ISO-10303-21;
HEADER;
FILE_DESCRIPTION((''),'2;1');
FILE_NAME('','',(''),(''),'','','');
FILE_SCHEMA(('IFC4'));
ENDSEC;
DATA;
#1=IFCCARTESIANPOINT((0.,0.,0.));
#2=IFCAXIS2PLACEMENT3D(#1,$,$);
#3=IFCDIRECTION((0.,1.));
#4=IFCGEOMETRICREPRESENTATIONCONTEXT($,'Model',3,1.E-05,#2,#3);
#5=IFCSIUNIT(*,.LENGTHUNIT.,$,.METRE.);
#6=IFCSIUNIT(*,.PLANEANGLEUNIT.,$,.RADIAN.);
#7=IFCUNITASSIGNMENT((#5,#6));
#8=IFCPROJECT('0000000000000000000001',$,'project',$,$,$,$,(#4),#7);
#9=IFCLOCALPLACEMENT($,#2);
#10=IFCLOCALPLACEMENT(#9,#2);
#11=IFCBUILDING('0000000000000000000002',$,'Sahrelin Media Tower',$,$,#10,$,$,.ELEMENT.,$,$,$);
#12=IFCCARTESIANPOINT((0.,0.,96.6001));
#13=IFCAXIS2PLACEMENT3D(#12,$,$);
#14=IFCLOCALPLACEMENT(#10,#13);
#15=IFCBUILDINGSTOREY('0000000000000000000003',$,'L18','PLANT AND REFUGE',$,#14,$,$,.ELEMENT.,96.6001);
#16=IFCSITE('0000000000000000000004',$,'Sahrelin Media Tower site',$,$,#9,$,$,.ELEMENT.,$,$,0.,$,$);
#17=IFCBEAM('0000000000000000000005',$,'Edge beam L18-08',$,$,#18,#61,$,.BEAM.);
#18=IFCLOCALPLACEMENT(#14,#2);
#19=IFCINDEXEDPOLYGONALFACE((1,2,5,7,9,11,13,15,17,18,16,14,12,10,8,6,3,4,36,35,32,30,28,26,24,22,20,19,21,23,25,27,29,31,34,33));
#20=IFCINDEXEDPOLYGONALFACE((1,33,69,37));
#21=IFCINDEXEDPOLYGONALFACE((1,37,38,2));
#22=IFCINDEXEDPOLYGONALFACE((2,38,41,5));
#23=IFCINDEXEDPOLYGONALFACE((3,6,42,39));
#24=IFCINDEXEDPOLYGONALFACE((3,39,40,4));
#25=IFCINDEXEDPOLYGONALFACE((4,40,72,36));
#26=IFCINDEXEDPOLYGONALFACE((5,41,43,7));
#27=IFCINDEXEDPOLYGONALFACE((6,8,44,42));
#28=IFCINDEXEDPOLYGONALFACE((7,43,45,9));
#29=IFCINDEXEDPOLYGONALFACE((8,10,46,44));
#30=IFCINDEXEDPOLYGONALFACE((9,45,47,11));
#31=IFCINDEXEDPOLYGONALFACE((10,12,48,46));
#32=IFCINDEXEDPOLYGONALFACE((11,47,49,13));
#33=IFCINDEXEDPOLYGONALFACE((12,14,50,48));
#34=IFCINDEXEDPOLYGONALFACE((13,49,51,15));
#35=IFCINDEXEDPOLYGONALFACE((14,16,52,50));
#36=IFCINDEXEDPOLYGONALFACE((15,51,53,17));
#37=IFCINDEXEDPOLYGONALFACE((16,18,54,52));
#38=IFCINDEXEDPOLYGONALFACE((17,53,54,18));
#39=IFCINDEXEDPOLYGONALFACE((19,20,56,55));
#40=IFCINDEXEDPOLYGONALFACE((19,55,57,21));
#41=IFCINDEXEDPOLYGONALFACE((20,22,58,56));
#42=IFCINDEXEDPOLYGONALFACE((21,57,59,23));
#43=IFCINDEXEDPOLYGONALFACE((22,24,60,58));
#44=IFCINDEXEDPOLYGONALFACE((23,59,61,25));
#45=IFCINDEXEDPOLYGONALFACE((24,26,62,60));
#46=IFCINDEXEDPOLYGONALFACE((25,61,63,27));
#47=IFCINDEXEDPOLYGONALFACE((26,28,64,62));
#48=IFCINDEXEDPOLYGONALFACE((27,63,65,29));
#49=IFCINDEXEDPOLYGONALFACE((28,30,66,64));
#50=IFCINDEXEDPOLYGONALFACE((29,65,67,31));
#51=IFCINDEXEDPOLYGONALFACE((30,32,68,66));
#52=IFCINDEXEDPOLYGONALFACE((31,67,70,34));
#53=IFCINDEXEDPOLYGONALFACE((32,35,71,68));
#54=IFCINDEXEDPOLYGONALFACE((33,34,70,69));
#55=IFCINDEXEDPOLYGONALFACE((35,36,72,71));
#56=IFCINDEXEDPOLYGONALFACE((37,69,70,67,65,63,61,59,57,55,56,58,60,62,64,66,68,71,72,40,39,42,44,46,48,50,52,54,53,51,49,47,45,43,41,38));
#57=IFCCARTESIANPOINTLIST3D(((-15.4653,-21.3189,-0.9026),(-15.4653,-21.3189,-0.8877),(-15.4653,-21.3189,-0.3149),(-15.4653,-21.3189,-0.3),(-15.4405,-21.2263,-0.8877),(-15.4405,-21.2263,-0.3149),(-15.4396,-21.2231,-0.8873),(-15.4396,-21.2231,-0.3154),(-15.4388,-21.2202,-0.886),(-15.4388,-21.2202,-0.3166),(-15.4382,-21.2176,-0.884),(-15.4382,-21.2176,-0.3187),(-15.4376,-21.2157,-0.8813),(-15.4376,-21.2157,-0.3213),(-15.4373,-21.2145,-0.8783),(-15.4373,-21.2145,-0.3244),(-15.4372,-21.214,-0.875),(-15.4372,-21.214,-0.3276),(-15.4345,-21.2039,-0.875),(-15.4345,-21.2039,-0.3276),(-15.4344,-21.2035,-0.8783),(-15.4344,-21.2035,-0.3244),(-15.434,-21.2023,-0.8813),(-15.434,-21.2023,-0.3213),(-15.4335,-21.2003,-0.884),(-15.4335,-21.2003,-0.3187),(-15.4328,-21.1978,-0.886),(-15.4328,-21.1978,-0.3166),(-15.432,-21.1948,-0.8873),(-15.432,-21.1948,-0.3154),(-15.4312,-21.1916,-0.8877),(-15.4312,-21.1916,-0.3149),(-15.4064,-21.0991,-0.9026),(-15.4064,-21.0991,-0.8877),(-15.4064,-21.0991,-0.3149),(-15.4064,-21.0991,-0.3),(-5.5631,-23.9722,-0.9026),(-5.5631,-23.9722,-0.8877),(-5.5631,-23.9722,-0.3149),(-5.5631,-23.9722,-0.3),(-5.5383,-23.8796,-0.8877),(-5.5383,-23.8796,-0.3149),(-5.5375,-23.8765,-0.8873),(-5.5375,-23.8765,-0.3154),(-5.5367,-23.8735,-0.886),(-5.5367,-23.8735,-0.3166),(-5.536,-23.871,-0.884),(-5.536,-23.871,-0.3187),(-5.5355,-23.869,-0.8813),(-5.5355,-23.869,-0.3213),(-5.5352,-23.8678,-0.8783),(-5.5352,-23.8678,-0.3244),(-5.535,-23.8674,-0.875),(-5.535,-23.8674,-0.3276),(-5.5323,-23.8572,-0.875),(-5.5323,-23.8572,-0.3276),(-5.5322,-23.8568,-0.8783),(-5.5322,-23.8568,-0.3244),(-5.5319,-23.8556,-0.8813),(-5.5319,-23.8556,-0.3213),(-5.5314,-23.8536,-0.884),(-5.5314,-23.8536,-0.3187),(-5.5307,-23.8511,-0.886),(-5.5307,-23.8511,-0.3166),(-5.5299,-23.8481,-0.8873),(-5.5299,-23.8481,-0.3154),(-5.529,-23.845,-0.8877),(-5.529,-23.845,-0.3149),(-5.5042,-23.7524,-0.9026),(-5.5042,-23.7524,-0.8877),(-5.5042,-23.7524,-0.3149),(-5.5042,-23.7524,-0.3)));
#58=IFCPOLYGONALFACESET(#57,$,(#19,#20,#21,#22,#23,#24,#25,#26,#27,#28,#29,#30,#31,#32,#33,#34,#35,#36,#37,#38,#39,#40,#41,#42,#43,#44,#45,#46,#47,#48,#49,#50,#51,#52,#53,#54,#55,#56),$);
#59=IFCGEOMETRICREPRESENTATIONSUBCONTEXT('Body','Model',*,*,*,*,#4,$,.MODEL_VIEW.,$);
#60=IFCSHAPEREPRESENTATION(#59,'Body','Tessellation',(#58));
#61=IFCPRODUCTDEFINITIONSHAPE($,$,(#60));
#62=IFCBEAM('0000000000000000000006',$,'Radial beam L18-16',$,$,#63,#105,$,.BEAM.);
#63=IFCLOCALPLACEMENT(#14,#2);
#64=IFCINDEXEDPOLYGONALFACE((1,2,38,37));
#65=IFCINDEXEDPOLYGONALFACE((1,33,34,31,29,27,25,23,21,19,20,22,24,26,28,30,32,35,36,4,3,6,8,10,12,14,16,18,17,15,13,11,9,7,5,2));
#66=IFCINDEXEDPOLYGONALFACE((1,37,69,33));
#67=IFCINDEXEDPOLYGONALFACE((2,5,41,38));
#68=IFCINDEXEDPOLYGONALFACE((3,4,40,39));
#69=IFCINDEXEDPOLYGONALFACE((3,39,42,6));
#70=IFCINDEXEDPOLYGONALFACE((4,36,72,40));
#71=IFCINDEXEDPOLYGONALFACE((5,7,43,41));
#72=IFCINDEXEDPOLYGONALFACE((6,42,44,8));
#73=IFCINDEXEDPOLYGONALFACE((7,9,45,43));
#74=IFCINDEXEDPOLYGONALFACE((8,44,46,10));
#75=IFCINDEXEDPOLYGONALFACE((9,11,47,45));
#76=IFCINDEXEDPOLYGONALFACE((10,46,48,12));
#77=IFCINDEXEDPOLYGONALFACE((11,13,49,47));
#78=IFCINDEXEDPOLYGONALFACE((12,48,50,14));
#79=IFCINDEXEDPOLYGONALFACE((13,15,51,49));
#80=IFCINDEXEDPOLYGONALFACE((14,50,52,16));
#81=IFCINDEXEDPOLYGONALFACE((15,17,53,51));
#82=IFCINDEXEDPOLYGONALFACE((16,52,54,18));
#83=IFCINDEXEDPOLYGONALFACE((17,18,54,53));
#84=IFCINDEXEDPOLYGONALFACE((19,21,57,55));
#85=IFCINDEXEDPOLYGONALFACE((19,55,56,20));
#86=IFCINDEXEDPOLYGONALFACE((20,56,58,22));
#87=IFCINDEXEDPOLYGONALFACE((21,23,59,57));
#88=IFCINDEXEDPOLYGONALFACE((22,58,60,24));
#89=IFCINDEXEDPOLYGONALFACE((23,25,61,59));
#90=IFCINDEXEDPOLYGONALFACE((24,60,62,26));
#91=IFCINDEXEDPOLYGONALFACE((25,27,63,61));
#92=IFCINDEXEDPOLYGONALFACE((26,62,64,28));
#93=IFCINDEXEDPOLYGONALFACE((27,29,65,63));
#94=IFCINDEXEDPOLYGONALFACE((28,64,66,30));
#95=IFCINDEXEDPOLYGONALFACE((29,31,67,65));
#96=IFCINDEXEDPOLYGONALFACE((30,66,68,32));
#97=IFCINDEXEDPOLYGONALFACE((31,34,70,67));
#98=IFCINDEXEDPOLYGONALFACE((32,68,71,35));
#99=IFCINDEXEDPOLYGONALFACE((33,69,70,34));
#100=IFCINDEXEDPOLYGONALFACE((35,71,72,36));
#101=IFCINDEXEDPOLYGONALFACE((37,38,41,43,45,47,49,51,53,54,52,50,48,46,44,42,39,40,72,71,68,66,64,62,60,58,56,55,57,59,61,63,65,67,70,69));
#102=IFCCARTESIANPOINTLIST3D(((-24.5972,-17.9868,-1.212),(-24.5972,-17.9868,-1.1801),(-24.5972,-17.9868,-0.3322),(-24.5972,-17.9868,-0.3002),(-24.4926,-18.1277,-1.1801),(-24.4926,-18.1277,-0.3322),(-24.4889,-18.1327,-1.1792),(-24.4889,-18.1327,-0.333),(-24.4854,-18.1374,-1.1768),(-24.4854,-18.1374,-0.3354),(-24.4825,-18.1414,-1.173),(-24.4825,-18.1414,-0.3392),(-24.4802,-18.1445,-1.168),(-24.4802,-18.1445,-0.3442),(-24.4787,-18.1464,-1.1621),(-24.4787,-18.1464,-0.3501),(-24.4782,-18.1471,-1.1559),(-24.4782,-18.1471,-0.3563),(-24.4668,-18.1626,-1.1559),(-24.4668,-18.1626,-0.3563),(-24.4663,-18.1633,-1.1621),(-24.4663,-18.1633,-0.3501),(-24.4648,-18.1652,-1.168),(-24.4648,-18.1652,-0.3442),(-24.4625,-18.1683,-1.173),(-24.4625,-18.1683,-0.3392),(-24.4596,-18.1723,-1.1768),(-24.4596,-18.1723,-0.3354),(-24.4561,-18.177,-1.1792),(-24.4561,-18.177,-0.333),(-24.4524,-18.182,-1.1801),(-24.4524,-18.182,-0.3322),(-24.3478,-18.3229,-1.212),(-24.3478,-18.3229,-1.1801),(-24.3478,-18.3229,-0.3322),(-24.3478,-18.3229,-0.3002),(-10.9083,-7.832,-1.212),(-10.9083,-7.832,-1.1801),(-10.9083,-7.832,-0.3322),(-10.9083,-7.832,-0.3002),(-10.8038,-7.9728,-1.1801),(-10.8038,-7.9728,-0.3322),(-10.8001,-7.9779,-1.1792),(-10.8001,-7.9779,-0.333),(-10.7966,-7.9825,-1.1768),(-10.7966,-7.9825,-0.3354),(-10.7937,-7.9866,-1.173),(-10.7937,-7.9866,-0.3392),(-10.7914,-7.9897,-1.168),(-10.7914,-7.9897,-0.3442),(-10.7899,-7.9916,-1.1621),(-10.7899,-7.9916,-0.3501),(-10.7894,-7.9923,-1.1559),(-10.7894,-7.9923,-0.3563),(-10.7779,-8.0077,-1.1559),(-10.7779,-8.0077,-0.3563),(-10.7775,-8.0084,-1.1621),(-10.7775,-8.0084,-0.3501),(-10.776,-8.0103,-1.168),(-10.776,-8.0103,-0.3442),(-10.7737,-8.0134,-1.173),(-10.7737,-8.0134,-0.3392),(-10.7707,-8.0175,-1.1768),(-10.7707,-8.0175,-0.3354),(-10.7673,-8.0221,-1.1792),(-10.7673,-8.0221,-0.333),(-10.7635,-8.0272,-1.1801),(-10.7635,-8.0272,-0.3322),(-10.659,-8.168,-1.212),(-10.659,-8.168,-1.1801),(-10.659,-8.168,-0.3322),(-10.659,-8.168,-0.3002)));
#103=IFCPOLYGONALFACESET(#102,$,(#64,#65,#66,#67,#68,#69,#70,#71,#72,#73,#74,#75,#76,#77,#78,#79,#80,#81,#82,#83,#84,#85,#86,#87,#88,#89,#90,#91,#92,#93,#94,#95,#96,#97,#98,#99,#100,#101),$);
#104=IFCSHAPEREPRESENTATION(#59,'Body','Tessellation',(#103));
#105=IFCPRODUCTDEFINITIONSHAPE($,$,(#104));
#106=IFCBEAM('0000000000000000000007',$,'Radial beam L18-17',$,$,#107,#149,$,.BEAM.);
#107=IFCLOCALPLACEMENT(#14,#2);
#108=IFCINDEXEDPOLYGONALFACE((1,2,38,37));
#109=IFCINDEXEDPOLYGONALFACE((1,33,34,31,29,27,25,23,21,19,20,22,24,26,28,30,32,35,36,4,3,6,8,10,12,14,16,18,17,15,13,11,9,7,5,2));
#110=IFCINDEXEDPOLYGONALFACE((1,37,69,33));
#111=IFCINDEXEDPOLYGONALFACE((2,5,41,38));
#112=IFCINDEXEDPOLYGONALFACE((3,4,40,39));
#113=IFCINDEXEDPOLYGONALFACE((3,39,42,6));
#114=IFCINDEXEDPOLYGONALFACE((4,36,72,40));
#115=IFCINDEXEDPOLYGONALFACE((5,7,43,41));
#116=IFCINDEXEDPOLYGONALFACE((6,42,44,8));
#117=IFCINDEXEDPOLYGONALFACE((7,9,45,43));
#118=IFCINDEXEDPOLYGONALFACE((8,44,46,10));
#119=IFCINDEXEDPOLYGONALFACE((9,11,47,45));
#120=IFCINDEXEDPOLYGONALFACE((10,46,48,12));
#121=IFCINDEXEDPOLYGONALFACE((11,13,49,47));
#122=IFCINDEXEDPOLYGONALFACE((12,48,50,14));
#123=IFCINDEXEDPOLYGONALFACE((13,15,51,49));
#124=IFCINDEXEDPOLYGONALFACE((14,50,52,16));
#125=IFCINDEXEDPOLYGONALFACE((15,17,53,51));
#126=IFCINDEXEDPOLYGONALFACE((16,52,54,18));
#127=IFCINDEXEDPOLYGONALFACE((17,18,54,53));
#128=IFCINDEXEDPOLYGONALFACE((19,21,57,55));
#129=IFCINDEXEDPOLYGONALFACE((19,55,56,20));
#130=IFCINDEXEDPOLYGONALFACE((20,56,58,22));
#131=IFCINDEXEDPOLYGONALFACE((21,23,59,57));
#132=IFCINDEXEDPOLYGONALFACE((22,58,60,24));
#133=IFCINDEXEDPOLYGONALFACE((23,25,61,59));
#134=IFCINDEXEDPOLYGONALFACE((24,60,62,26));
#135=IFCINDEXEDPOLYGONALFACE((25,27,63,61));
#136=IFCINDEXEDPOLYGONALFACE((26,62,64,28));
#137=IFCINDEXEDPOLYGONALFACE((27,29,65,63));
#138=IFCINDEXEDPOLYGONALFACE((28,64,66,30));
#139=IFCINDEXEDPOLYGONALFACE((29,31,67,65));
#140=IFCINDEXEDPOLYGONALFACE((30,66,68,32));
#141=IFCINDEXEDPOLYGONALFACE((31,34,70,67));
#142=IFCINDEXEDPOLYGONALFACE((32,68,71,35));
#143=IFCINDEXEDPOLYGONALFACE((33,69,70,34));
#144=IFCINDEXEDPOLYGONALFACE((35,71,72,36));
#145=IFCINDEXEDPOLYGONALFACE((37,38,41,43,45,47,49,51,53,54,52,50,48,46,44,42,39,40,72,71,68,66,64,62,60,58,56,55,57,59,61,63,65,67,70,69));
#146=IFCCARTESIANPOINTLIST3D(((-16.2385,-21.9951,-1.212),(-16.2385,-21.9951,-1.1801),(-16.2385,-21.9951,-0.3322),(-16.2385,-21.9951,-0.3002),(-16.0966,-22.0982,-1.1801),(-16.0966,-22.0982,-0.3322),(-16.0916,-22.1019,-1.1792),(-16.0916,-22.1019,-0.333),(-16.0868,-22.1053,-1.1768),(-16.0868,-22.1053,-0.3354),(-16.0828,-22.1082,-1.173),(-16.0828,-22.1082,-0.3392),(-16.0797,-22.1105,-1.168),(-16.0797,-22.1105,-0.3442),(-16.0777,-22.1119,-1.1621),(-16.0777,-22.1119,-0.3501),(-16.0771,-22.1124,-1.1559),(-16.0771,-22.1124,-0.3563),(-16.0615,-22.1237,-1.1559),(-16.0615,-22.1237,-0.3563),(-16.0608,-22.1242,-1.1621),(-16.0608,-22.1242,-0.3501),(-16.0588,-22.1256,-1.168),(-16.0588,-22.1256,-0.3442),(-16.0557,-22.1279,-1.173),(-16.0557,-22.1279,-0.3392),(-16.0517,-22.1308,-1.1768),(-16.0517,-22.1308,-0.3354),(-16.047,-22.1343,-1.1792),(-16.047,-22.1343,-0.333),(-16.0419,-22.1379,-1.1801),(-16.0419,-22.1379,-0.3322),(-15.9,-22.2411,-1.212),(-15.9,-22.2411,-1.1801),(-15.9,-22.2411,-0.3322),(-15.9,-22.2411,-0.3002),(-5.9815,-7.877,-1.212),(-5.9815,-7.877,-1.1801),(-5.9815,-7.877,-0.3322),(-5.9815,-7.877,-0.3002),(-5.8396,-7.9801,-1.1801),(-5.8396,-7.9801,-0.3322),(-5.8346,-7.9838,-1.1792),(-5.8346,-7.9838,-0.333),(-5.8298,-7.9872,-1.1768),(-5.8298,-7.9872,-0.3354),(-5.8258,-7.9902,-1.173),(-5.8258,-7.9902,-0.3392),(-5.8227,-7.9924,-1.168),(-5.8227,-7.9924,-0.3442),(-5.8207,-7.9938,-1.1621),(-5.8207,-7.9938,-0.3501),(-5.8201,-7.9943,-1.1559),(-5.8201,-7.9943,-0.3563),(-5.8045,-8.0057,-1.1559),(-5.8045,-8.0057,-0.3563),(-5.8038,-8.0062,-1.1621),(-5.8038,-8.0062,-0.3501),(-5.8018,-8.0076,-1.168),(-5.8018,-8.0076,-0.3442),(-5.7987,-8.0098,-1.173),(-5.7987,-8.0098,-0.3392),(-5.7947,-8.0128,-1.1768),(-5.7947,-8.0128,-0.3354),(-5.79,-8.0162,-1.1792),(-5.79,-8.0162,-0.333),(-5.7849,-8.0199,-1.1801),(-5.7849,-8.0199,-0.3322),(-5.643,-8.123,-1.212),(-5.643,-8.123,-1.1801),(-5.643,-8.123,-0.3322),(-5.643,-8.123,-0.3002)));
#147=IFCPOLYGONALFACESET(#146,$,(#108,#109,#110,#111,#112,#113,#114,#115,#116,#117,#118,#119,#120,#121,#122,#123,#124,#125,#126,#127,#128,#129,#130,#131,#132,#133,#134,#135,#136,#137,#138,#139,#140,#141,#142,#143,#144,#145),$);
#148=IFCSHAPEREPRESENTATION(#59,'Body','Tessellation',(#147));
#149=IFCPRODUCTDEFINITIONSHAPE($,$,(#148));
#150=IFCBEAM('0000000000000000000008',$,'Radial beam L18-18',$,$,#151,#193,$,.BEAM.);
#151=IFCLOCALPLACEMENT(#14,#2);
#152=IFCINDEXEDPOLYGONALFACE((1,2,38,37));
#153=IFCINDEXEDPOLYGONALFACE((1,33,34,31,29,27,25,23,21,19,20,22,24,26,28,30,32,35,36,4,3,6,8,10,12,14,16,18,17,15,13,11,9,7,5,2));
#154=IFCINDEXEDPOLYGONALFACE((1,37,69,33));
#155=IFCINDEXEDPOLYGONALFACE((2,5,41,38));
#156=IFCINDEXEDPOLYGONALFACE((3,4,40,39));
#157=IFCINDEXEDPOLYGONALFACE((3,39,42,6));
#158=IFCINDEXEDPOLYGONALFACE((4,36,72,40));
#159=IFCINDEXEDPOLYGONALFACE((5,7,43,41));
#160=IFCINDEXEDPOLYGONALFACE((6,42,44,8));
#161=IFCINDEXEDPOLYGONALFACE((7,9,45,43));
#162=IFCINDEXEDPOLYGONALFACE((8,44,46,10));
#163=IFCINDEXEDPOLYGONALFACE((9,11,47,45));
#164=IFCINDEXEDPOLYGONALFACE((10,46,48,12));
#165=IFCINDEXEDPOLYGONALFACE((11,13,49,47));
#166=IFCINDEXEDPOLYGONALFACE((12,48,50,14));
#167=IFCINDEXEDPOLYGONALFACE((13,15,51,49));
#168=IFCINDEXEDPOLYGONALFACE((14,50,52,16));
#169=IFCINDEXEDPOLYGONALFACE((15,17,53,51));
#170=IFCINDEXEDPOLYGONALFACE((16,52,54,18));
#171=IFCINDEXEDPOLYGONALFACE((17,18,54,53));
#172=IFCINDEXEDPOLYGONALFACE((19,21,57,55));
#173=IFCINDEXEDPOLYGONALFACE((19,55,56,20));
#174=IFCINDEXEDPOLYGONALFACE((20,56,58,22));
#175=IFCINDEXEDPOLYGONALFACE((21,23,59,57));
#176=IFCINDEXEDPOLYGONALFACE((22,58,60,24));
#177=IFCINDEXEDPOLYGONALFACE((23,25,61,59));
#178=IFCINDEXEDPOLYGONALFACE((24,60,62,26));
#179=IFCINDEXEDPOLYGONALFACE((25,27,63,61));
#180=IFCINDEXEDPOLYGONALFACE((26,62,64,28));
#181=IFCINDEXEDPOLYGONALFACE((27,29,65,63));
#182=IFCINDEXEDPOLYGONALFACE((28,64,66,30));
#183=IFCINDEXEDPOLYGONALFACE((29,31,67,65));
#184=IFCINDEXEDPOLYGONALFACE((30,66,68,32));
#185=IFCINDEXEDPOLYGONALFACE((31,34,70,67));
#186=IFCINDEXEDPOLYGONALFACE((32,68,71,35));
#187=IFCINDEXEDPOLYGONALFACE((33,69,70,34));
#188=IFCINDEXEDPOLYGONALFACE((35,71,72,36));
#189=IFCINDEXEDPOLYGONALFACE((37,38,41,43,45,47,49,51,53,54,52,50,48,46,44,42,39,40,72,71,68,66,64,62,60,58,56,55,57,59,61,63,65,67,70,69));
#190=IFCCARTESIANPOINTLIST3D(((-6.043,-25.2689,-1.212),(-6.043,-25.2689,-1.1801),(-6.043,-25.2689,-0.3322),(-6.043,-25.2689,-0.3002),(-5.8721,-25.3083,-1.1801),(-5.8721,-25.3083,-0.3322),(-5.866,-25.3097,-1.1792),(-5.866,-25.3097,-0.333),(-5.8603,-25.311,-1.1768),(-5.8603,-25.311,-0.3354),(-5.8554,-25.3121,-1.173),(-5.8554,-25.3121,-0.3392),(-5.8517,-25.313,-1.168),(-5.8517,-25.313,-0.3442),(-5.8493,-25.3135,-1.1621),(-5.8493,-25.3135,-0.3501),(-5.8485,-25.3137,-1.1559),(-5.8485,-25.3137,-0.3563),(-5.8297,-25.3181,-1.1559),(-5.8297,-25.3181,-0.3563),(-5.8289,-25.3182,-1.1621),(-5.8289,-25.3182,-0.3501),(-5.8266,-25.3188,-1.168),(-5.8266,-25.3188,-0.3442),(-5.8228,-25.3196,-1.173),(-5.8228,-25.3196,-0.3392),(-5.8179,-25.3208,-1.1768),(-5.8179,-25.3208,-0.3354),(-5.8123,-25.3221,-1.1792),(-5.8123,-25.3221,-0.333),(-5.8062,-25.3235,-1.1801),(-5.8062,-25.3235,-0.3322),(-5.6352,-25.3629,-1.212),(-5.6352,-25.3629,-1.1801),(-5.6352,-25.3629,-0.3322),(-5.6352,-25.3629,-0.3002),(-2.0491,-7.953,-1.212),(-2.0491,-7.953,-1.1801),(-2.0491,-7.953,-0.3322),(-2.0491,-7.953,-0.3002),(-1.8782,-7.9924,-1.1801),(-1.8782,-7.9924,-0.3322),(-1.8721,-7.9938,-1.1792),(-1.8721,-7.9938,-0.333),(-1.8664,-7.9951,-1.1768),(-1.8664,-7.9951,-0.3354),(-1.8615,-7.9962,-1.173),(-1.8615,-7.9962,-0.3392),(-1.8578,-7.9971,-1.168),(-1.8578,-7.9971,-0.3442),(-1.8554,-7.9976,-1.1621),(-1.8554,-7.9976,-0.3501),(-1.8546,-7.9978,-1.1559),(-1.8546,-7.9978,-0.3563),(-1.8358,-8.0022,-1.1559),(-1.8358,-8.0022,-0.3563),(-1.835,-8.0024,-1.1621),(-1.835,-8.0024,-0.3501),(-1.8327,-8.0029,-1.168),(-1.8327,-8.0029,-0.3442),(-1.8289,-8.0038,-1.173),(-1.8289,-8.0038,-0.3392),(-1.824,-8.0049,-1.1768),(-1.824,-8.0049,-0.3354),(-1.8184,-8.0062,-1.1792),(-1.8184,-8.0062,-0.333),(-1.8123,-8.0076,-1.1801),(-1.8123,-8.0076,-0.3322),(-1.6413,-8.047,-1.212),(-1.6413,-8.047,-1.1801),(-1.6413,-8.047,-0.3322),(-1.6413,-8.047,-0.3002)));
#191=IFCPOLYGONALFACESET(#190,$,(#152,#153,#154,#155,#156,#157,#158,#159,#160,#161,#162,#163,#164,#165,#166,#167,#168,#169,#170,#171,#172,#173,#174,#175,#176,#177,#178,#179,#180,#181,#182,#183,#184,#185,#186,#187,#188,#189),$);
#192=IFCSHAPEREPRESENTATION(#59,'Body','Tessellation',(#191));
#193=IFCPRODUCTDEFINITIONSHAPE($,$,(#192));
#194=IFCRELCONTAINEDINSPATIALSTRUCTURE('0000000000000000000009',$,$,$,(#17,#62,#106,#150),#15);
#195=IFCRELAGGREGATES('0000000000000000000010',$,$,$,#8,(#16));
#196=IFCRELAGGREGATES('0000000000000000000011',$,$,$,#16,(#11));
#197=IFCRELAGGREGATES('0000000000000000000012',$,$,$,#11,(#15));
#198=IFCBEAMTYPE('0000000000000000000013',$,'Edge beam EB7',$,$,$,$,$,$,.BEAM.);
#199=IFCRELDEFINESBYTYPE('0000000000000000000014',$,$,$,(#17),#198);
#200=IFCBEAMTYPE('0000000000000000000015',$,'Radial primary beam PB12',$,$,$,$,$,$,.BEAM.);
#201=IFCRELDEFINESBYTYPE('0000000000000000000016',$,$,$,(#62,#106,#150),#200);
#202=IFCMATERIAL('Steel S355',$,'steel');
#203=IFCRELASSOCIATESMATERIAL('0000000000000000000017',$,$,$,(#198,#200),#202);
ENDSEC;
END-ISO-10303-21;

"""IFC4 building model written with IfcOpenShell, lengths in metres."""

from ifc_helpers import new_model, si_unit, direction, frame, origin, origin_2d, place, context, subcontext, project, spatial, i_section, extrude, material, material_profile, profile_set, type_object, element, save


model = new_model("IFC4")

# Units and contexts
model_context = context("Model", 3, precision=1e-05, world=origin(), true_north=direction((0.0, 1.0)))
body_context = subcontext(model_context, "Body", "Model", "MODEL_VIEW")
ifc_project = project(units=[si_unit("LENGTHUNIT", "METRE"), si_unit("PLANEANGLEUNIT", "RADIAN")], contexts=[model_context])

# Site, building, storey
site_placement = place(None, origin())
site = spatial("IfcSite", under=ifc_project, at=site_placement, Name="Sahrelin Media Tower site", CompositionType="ELEMENT", RefElevation=0.0)
building_placement = place(site_placement, origin())
building = spatial("IfcBuilding", under=site, at=building_placement, Name="Sahrelin Media Tower", CompositionType="ELEMENT")
storey_placement = place(building_placement, frame((0.0, 0.0, 96.6001)))
storey = spatial("IfcBuildingStorey", under=building, at=storey_placement, Name="L18", Description="PLANT AND REFUGE", CompositionType="ELEMENT", Elevation=96.6001)

# Beams
ifc_material_1 = material(Name="Steel S355", Category="steel")
ifc_material_profile_1 = material_profile(ifc_material_1, i_section(OverallWidth=0.2275, OverallDepth=0.6025, WebThickness=0.0105, FlangeThickness=0.0149, FilletRadius=0.0127, at=origin_2d()), Name="UB 610x229x101")
ifc_profile_set_1 = profile_set([ifc_material_profile_1], Name="Steel S355")
beam_type_1 = type_object("IfcBeamType", Name="Edge beam EB7", PredefinedType="BEAM", material=ifc_profile_set_1)
beam_1_placement = place(storey_placement, frame((-5.5337, -23.8623, -0.6013), z_axis=(-0.965924, 0.258825, 0.0), x_axis=(-0.258825, -0.965924, 0.0)))
element("IfcBeam", 1, at=beam_1_placement, inside=storey, type_object=beam_type_1, Name="Edge beam L18-08", PredefinedType="BEAM", context=body_context, shape_type="SweptSolid", body=[
    extrude(i_section(OverallWidth=0.2275, OverallDepth=0.6025, WebThickness=0.0105, FlangeThickness=0.0149, FilletRadius=0.0127, at=origin_2d()), origin(), (0.0, 0.0, 1.0), 10.2515),
])
ifc_material_profile_2 = material_profile(ifc_material_1, i_section(OverallWidth=0.4185, OverallDepth=0.9119, WebThickness=0.0193, FlangeThickness=0.032, FilletRadius=0.0242, at=origin_2d()), Name="UB 914x419x343")
ifc_profile_set_2 = profile_set([ifc_material_profile_2], Name="Steel S355")
beam_type_2 = type_object("IfcBeamType", Name="Radial primary beam PB12", PredefinedType="BEAM", material=ifc_profile_set_2)
beam_2_placement = place(storey_placement, frame((-10.7837, -8.0, -0.7561), z_axis=(-0.803136, -0.595795, 0.0), x_axis=(0.595795, -0.803136, 0.0)))
element("IfcBeam", 2, at=beam_2_placement, inside=storey, type_object=beam_type_2, Name="Radial beam L18-16", PredefinedType="BEAM", context=body_context, shape_type="SweptSolid", body=[
    extrude(i_section(OverallWidth=0.4185, OverallDepth=0.9119, WebThickness=0.0193, FlangeThickness=0.032, FilletRadius=0.0242, at=origin_2d()), origin(), (0.0, 0.0, 1.0), 17.0442),
])
beam_3_placement = place(storey_placement, frame((-5.8123, -8.0, -0.7561), z_axis=(-0.587772, -0.809027, 0.0), x_axis=(0.809027, -0.587772, 0.0)))
element("IfcBeam", 3, at=beam_3_placement, inside=storey, type_object=beam_type_2, Name="Radial beam L18-17", PredefinedType="BEAM", context=body_context, shape_type="SweptSolid", body=[
    extrude(i_section(OverallWidth=0.4185, OverallDepth=0.9119, WebThickness=0.0193, FlangeThickness=0.032, FilletRadius=0.0242, at=origin_2d()), origin(), (0.0, 0.0, 1.0), 17.4507),
])
beam_4_placement = place(storey_placement, frame((-1.8452, -8.0, -0.7561), z_axis=(-0.224748, -0.974417, 0.0), x_axis=(0.974417, -0.224748, 0.0)))
element("IfcBeam", 4, at=beam_4_placement, inside=storey, type_object=beam_type_2, Name="Radial beam L18-18", PredefinedType="BEAM", context=body_context, shape_type="SweptSolid", body=[
    extrude(i_section(OverallWidth=0.4185, OverallDepth=0.9119, WebThickness=0.0193, FlangeThickness=0.032, FilletRadius=0.0242, at=origin_2d()), origin(), (0.0, 0.0, 1.0), 17.7705),
])

save(model, "model.ifc")
